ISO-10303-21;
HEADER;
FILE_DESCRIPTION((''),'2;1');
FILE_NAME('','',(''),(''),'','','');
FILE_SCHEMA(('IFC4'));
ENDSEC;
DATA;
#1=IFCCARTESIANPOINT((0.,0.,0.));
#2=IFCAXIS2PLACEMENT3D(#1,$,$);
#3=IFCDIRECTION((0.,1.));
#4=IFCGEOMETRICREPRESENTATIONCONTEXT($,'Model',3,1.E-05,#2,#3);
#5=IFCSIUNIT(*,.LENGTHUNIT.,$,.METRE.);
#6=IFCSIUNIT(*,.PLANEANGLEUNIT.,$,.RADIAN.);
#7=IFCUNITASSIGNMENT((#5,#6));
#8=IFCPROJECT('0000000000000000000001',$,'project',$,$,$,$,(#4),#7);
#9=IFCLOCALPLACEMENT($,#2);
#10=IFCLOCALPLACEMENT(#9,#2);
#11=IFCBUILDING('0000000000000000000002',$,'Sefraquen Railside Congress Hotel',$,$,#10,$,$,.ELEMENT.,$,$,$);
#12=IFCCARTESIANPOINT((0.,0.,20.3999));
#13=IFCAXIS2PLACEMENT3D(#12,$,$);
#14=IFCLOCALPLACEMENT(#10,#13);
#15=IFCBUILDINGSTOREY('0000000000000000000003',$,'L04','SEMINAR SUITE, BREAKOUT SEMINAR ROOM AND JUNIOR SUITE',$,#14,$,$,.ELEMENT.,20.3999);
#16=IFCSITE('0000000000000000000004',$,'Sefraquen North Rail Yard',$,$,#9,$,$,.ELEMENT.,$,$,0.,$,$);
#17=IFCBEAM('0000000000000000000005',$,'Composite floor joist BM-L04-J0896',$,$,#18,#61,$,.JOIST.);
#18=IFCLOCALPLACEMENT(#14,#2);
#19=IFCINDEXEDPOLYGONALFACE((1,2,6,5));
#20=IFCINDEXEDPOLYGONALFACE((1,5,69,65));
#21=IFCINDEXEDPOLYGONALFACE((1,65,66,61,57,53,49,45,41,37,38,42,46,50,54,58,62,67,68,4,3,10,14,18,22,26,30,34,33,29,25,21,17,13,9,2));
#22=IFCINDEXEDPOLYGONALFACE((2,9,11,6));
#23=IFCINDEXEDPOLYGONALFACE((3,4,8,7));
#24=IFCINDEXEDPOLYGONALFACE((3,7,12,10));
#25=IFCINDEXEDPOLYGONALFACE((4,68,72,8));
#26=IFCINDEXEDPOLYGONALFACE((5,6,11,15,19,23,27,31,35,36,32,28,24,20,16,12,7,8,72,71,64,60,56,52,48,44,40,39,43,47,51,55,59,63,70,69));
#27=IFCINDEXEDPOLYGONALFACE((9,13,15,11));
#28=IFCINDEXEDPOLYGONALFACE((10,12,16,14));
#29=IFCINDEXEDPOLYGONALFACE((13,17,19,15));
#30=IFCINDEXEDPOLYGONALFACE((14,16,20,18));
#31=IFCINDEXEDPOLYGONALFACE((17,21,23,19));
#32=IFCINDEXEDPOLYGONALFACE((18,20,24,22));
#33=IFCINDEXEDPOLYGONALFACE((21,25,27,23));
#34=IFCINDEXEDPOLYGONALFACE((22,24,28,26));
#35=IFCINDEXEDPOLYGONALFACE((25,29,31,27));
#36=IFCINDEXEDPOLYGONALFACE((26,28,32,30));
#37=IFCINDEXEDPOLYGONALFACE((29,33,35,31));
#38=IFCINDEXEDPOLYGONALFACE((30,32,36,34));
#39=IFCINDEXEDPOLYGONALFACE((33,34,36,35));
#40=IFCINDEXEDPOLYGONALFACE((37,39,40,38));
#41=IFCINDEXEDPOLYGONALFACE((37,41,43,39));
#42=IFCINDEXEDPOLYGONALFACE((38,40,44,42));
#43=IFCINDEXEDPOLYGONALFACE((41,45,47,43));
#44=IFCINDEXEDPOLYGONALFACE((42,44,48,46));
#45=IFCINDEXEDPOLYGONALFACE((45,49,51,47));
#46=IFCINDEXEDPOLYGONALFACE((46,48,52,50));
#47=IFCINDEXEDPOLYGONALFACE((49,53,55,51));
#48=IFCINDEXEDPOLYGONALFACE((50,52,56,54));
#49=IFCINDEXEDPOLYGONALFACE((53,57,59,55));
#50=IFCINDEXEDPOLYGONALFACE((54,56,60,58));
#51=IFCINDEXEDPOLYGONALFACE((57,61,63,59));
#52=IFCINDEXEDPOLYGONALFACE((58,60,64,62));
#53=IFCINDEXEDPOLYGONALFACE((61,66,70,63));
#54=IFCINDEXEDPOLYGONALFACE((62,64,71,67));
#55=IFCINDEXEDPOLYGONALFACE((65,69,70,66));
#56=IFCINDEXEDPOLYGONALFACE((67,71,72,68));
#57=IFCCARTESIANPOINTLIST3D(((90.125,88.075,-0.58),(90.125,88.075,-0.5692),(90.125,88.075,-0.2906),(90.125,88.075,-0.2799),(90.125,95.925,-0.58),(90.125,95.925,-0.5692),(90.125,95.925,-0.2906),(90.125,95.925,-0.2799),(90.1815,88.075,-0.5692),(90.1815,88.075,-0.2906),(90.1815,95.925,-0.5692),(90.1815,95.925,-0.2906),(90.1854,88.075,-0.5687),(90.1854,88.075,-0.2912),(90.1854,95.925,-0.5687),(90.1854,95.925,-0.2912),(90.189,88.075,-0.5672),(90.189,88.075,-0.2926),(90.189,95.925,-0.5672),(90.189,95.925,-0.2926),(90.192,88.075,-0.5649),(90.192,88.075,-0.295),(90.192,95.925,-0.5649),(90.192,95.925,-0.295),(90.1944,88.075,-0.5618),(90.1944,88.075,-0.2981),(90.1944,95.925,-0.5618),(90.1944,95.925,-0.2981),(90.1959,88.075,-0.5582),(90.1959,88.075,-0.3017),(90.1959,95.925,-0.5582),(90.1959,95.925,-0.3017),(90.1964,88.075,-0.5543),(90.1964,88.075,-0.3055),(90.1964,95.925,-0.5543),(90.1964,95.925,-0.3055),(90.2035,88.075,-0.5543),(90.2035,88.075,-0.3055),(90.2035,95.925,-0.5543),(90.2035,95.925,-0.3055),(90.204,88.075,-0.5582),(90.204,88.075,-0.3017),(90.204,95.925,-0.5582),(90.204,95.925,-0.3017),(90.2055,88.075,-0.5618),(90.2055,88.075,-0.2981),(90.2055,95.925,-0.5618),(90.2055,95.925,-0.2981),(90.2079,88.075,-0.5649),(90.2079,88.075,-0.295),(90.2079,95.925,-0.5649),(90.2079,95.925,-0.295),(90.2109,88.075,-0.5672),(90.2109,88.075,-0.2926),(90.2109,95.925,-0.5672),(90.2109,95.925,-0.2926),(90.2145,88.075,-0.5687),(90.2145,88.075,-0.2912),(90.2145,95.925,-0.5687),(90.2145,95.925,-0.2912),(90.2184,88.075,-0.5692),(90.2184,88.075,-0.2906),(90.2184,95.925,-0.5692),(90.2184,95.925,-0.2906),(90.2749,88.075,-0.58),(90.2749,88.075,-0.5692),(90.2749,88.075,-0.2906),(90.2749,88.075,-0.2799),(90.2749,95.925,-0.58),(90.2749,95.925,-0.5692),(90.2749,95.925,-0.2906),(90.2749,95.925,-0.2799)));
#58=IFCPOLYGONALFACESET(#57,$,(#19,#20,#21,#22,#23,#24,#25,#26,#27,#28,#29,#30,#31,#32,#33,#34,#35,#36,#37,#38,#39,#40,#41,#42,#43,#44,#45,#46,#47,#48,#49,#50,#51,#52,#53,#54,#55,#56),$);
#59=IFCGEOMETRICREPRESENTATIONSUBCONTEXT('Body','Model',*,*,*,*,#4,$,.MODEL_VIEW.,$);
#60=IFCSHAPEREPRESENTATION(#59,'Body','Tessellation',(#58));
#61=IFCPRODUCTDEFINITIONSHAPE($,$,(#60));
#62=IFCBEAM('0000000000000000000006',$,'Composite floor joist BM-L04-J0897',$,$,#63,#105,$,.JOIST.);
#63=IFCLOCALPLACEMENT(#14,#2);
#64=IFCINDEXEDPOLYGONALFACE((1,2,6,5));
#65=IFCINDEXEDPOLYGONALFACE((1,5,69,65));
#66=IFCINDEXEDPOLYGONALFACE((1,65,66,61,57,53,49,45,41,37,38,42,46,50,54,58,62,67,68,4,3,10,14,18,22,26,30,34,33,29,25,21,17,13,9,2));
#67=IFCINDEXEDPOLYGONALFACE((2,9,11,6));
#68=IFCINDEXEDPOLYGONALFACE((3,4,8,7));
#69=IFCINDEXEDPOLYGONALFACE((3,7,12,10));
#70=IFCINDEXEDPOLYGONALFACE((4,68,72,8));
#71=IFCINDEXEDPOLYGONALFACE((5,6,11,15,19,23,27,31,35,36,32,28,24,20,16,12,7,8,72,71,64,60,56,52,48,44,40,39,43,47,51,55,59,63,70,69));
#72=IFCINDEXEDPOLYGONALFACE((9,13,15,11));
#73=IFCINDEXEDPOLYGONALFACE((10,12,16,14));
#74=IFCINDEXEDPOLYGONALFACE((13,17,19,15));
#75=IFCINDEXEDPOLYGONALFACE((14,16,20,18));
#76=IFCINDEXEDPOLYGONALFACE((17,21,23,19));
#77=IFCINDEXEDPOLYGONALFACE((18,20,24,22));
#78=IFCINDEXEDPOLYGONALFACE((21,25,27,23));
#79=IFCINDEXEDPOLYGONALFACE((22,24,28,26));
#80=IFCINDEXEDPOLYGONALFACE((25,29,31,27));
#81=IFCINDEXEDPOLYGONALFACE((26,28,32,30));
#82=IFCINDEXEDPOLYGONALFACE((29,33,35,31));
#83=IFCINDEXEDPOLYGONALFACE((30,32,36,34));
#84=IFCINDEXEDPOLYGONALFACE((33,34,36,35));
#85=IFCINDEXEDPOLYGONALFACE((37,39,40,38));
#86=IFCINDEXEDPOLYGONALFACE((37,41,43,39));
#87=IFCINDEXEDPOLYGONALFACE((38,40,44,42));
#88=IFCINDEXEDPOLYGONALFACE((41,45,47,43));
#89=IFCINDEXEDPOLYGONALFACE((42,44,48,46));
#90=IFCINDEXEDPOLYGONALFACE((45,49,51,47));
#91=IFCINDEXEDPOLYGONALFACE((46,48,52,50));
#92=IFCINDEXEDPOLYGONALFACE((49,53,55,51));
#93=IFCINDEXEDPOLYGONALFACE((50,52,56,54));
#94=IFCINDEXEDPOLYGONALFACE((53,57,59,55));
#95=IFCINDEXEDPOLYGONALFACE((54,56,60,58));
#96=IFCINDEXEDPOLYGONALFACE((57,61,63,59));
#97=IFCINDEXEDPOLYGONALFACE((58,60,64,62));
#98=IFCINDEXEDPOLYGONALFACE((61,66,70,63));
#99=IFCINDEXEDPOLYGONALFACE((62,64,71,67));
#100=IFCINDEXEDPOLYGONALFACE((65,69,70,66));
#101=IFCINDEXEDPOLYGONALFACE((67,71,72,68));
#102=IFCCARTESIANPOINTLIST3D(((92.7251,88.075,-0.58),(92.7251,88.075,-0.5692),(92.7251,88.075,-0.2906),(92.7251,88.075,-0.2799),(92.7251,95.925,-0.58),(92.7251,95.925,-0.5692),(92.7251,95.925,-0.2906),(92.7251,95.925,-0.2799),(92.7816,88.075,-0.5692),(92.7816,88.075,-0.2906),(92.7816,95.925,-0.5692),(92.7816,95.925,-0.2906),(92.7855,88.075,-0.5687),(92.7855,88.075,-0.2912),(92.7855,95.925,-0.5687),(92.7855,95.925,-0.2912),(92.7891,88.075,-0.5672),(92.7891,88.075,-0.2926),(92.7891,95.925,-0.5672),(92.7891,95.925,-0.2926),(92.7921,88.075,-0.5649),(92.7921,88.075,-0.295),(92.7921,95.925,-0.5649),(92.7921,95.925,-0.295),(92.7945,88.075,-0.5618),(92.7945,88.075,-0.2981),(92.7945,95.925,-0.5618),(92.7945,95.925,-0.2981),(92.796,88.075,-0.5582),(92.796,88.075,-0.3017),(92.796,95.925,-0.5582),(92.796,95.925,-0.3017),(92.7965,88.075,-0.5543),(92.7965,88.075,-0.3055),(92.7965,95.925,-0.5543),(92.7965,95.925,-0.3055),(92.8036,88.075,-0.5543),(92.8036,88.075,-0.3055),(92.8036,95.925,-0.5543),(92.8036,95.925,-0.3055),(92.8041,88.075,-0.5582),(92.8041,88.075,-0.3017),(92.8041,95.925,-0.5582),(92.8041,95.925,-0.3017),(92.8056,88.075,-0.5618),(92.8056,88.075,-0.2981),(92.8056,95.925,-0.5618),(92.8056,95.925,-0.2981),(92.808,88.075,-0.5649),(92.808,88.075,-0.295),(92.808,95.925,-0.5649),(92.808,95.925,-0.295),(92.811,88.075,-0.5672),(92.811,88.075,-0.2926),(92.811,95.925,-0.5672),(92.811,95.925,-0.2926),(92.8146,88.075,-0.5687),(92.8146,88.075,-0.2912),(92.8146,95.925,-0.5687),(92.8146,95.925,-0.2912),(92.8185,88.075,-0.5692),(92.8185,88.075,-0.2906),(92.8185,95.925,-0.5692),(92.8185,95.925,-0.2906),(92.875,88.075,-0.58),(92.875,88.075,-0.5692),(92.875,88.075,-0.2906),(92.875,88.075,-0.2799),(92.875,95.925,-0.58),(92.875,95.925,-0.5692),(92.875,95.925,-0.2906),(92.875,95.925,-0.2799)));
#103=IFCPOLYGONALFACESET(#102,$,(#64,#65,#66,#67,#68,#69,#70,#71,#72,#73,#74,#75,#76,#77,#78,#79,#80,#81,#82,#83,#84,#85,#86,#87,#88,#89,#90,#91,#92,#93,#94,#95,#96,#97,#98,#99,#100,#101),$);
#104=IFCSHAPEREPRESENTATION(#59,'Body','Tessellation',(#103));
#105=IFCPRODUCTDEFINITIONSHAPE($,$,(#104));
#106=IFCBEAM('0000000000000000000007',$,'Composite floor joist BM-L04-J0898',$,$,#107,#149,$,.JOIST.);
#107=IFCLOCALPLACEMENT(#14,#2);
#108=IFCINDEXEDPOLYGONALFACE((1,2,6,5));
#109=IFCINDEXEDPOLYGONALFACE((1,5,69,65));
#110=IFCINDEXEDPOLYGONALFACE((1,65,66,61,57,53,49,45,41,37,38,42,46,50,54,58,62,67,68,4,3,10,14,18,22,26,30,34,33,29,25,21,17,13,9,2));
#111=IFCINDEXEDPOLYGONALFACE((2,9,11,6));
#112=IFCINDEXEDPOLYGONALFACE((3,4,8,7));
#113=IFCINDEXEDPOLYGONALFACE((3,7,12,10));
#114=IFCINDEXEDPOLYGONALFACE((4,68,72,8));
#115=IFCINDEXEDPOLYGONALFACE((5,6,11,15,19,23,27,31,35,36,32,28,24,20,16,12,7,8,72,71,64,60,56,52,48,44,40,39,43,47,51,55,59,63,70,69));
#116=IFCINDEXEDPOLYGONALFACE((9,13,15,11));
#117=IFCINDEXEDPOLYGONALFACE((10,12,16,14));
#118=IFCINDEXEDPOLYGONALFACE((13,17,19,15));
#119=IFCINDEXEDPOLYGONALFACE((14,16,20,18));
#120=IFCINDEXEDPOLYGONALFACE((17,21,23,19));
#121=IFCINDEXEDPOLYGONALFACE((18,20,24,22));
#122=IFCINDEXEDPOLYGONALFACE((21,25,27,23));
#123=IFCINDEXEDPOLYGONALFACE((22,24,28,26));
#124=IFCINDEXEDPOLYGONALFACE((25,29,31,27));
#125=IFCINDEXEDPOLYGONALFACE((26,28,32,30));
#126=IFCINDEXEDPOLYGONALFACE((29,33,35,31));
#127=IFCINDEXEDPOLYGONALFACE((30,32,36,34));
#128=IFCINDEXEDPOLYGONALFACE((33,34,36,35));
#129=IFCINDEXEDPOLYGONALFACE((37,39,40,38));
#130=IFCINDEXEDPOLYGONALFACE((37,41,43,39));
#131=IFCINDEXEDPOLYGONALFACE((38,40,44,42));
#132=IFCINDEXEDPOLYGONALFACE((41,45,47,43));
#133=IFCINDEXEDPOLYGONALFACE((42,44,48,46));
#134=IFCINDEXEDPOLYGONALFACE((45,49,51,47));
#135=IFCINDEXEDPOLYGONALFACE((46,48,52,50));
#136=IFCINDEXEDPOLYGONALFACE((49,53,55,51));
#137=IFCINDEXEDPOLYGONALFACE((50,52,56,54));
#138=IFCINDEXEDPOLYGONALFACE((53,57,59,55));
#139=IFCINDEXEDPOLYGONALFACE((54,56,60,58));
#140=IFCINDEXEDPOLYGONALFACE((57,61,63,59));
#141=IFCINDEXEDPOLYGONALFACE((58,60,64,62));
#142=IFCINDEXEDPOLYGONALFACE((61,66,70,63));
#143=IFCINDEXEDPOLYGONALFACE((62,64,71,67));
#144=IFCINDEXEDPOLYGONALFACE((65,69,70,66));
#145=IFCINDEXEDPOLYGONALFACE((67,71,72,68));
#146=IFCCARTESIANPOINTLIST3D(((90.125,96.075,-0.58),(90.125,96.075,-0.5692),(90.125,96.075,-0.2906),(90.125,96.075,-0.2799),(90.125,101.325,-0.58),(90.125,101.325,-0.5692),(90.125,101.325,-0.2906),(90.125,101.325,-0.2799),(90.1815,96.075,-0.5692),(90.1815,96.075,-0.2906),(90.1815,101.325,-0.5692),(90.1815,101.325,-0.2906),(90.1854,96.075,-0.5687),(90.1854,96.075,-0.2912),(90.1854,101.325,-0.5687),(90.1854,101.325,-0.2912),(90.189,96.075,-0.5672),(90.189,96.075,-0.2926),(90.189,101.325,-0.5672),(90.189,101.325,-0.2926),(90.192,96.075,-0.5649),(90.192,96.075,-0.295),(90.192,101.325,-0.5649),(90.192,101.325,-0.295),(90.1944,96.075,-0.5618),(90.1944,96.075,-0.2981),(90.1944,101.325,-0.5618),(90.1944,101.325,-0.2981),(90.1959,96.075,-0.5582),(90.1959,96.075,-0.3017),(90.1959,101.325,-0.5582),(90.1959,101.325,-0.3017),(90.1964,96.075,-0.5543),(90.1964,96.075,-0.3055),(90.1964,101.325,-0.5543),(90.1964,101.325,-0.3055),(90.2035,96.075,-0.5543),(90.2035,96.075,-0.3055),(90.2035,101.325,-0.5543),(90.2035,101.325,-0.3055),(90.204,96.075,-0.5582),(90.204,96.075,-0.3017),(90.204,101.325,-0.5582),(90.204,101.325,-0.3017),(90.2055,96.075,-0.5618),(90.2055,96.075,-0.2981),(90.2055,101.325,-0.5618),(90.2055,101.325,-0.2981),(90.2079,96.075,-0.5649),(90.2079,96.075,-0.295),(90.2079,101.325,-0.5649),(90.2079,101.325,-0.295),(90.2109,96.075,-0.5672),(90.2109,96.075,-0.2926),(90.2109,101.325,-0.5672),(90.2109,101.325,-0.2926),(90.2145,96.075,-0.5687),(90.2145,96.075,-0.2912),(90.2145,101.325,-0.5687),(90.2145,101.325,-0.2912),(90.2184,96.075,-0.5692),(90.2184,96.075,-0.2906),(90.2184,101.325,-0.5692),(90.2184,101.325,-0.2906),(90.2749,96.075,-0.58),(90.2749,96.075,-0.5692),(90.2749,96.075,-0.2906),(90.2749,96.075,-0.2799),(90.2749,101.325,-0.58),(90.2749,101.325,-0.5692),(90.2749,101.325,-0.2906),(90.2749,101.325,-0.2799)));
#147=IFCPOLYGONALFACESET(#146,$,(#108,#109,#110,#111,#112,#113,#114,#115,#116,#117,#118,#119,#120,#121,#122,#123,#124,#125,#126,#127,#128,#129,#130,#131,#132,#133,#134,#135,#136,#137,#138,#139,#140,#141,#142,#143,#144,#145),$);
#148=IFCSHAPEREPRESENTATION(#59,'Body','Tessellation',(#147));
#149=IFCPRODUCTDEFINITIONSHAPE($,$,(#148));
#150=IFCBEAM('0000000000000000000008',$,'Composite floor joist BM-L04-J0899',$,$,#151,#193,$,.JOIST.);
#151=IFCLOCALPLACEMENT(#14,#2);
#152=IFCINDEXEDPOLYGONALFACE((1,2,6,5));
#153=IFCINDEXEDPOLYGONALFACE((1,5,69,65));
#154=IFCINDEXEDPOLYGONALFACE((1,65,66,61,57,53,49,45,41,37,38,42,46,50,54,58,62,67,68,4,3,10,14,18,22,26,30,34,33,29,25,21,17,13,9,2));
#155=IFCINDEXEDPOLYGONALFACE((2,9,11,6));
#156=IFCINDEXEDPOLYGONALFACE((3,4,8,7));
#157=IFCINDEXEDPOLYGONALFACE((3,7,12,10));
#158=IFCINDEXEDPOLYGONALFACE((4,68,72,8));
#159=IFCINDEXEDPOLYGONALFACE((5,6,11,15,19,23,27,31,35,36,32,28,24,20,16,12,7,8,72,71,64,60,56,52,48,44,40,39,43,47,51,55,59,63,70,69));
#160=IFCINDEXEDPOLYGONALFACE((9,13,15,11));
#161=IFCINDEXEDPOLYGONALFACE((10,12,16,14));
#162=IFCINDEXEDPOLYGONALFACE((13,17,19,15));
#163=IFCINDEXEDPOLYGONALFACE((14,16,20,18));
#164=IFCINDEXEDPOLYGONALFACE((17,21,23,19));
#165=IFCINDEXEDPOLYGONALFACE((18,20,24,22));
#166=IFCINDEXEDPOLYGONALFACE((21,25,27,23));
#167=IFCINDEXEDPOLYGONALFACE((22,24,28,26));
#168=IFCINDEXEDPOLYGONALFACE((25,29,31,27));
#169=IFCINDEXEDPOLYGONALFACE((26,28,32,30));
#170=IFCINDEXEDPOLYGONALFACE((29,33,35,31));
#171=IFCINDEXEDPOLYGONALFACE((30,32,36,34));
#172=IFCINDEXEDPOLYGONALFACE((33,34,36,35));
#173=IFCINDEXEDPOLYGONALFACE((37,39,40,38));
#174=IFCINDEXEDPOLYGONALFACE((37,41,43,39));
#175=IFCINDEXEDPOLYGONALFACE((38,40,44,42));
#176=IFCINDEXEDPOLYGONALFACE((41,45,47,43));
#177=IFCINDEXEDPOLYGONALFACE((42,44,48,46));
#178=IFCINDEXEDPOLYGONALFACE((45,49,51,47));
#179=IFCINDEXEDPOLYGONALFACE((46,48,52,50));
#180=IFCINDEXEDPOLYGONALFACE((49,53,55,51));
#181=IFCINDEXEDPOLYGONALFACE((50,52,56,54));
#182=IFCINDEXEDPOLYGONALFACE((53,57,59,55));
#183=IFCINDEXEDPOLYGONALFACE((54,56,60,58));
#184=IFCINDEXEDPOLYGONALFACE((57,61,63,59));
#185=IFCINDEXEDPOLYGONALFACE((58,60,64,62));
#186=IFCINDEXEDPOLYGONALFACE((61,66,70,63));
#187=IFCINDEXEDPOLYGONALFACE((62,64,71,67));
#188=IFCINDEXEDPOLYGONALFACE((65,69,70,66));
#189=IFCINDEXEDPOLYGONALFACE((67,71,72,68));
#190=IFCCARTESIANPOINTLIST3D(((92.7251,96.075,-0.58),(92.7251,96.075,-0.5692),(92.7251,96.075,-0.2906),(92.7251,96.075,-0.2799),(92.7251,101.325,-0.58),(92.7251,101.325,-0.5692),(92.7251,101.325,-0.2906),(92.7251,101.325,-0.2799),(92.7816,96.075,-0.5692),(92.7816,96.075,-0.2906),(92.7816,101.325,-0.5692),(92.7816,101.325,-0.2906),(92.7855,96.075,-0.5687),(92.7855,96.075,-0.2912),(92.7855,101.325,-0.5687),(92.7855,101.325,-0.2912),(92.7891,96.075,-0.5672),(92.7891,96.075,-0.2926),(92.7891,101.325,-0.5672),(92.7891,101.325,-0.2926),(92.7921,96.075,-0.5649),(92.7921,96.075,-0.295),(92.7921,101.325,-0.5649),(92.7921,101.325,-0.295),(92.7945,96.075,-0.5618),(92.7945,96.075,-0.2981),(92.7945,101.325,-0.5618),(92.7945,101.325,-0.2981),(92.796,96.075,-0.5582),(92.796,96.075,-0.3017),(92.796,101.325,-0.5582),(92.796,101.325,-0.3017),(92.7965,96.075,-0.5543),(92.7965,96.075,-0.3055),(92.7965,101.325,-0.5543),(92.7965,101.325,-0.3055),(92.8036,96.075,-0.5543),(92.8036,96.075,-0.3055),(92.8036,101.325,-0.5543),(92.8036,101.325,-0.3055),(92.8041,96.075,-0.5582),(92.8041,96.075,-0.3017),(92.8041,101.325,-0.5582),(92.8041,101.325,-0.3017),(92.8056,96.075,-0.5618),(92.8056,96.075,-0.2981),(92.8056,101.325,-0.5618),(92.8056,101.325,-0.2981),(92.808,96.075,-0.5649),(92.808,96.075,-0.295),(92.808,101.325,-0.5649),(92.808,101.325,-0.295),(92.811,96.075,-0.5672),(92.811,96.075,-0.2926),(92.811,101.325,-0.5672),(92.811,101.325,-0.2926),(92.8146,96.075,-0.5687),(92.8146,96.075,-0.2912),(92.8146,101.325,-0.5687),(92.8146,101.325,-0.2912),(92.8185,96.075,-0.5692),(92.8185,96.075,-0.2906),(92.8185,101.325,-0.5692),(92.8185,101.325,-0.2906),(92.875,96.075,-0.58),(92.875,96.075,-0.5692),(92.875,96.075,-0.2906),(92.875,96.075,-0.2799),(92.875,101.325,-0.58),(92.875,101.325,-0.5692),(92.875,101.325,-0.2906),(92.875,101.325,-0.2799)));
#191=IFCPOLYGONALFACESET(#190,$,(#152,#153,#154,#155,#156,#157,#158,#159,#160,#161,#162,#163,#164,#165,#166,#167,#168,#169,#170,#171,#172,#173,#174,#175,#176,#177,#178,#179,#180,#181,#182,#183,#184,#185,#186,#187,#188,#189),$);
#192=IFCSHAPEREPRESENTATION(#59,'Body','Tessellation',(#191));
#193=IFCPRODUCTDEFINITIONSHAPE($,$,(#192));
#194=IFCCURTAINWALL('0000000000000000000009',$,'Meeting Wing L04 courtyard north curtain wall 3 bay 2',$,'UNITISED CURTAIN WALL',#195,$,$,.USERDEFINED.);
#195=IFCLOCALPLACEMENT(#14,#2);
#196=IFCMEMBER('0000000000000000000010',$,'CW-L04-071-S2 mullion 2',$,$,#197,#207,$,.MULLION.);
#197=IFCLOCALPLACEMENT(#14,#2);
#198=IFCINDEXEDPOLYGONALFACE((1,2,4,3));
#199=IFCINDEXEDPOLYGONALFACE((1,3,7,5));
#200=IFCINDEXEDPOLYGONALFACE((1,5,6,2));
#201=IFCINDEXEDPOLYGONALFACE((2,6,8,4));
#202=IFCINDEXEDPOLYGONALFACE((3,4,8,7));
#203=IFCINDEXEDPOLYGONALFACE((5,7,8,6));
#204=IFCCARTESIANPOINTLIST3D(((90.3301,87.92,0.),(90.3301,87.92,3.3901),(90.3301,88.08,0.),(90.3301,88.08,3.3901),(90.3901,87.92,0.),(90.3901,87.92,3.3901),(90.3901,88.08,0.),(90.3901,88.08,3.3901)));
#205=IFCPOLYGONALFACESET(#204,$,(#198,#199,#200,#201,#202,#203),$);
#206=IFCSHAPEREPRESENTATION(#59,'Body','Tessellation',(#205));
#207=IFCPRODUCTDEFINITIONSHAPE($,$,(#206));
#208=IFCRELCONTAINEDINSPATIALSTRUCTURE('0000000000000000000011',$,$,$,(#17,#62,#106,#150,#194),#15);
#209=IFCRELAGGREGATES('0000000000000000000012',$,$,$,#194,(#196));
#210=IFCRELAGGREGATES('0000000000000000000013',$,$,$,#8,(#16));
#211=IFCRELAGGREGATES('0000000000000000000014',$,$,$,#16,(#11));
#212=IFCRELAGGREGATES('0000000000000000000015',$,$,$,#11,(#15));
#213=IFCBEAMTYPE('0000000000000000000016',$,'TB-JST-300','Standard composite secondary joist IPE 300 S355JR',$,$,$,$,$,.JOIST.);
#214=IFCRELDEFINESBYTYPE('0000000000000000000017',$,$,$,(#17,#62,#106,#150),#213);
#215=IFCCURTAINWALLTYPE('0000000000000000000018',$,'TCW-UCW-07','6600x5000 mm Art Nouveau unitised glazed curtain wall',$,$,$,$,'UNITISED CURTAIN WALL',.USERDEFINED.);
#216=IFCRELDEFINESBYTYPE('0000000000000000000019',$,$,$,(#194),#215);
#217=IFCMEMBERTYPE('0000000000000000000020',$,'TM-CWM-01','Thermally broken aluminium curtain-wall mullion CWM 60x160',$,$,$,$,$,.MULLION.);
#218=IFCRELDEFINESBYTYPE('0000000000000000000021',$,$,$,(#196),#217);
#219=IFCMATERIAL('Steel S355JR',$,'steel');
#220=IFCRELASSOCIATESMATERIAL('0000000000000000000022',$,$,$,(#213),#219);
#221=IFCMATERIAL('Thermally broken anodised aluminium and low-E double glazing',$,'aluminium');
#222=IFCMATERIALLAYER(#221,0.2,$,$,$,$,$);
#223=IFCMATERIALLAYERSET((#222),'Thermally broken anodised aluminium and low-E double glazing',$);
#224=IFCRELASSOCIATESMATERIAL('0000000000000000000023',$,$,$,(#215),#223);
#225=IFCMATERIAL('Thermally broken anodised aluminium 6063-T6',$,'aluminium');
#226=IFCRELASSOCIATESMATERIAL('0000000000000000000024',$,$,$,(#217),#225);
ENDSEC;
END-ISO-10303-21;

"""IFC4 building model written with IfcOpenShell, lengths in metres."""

from ifc_helpers import new_model, si_unit, direction, frame, origin, origin_2d, place, context, subcontext, project, spatial, rectangle, i_section, extrude, material, layer, layer_set, material_profile, profile_set, type_object, element, aggregate, save


model = new_model("IFC4")

# Units and contexts
model_context = context("Model", 3, precision=1e-05, world=origin(), true_north=direction((0.0, 1.0)))
body_context = subcontext(model_context, "Body", "Model", "MODEL_VIEW")
ifc_project = project(units=[si_unit("LENGTHUNIT", "METRE"), si_unit("PLANEANGLEUNIT", "RADIAN")], contexts=[model_context])

# Site, building, storey
site_placement = place(None, origin())
site = spatial("IfcSite", under=ifc_project, at=site_placement, Name="Sefraquen North Rail Yard", CompositionType="ELEMENT", RefElevation=0.0)
building_placement = place(site_placement, origin())
building = spatial("IfcBuilding", under=site, at=building_placement, Name="Sefraquen Railside Congress Hotel", CompositionType="ELEMENT")
storey_placement = place(building_placement, frame((0.0, 0.0, 20.3999)))
storey = spatial("IfcBuildingStorey", under=building, at=storey_placement, Name="L04", Description="SEMINAR SUITE, BREAKOUT SEMINAR ROOM AND JUNIOR SUITE", CompositionType="ELEMENT", Elevation=20.3999)

# Shared definitions
ifc_material_1 = material(Name="Steel S355JR", Category="steel")

# Beams
ifc_material_profile_1 = material_profile(ifc_material_1, i_section(OverallWidth=0.1499, OverallDepth=0.3, WebThickness=0.0071, FlangeThickness=0.0107, FilletRadius=0.0149, at=origin_2d()), Name="IPE 300")
ifc_profile_set_1 = profile_set([ifc_material_profile_1], Name="Steel S355JR")
beam_type_1 = type_object("IfcBeamType", Name="TB-JST-300", Description="Standard composite secondary joist IPE 300 S355JR", PredefinedType="JOIST", material=ifc_profile_set_1)
for number, where, z_axis, x_axis, name in (
    (1, (90.2, 88.075, -0.4299), (0.0, 1.0, 0.0), (-1.0, 0.0, 0.0), "Composite floor joist BM-L04-J0896"),
    (2, (92.8, 88.075, -0.4299), (0.0, 1.0, 0.0), (-1.0, 0.0, 0.0), "Composite floor joist BM-L04-J0897"),
):
    element("IfcBeam", number, at=place(storey_placement, frame(where, z_axis=z_axis, x_axis=x_axis)), inside=storey, type_object=beam_type_1, Name=name, PredefinedType="JOIST", context=body_context, shape_type="SweptSolid", body=[
        extrude(i_section(OverallWidth=0.1499, OverallDepth=0.3, WebThickness=0.0071, FlangeThickness=0.0107, FilletRadius=0.0149, at=origin_2d()), origin(), (0.0, 0.0, 1.0), 7.8501),
    ])
for number, where, z_axis, x_axis, name in (
    (3, (90.2, 96.075, -0.4299), (0.0, 1.0, 0.0), (-1.0, 0.0, 0.0), "Composite floor joist BM-L04-J0898"),
    (4, (92.8, 96.075, -0.4299), (0.0, 1.0, 0.0), (-1.0, 0.0, 0.0), "Composite floor joist BM-L04-J0899"),
):
    element("IfcBeam", number, at=place(storey_placement, frame(where, z_axis=z_axis, x_axis=x_axis)), inside=storey, type_object=beam_type_1, Name=name, PredefinedType="JOIST", context=body_context, shape_type="SweptSolid", body=[
        extrude(i_section(OverallWidth=0.1499, OverallDepth=0.3, WebThickness=0.0071, FlangeThickness=0.0107, FilletRadius=0.0149, at=origin_2d()), origin(), (0.0, 0.0, 1.0), 5.25),
    ])

# Curtain wall, member
ifc_material_2 = material(Name="Thermally broken anodised aluminium and low-E double glazing", Category="aluminium")
ifc_layer_1 = layer(ifc_material_2, 0.2)
ifc_layer_set_1 = layer_set([ifc_layer_1], Name="Thermally broken anodised aluminium and low-E double glazing")
curtain_wall_type = type_object("IfcCurtainWallType", Name="TCW-UCW-07", Description="6600x5000 mm Art Nouveau unitised glazed curtain wall", ElementType="UNITISED CURTAIN WALL", PredefinedType="USERDEFINED", material=ifc_layer_set_1)
curtain_wall_1_placement = place(storey_placement, origin())
curtain_wall_1 = element("IfcCurtainWall", 5, at=curtain_wall_1_placement, inside=storey, type_object=curtain_wall_type, Name="Meeting Wing L04 courtyard north curtain wall 3 bay 2", ObjectType="UNITISED CURTAIN WALL", PredefinedType="USERDEFINED")
ifc_material_3 = material(Name="Thermally broken anodised aluminium 6063-T6", Category="aluminium")
ifc_material_profile_2 = material_profile(ifc_material_3, rectangle(XDim=0.0601, YDim=0.1599, at=origin_2d()), Name="CWM 60x160")
ifc_profile_set_2 = profile_set([ifc_material_profile_2], Name="Thermally broken anodised aluminium 6063-T6")
member_type_1 = type_object("IfcMemberType", Name="TM-CWM-01", Description="Thermally broken aluminium curtain-wall mullion CWM 60x160", PredefinedType="MULLION", material=ifc_profile_set_2)
member_1_placement = place(storey_placement, frame((90.3601, 88.0, 0.0), z_axis=(0.0, 0.0, 1.0), x_axis=(1.0, 0.0, 0.0)))
member_1 = element("IfcMember", 6, at=member_1_placement, type_object=member_type_1, Name="CW-L04-071-S2 mullion 2", PredefinedType="MULLION", context=body_context, shape_type="SweptSolid", body=[
    extrude(rectangle(XDim=0.0601, YDim=0.1599, at=origin_2d()), origin(), (0.0, 0.0, 1.0), 3.3901),
])

aggregate(curtain_wall_1, [member_1])

save(model, "model.ifc")
